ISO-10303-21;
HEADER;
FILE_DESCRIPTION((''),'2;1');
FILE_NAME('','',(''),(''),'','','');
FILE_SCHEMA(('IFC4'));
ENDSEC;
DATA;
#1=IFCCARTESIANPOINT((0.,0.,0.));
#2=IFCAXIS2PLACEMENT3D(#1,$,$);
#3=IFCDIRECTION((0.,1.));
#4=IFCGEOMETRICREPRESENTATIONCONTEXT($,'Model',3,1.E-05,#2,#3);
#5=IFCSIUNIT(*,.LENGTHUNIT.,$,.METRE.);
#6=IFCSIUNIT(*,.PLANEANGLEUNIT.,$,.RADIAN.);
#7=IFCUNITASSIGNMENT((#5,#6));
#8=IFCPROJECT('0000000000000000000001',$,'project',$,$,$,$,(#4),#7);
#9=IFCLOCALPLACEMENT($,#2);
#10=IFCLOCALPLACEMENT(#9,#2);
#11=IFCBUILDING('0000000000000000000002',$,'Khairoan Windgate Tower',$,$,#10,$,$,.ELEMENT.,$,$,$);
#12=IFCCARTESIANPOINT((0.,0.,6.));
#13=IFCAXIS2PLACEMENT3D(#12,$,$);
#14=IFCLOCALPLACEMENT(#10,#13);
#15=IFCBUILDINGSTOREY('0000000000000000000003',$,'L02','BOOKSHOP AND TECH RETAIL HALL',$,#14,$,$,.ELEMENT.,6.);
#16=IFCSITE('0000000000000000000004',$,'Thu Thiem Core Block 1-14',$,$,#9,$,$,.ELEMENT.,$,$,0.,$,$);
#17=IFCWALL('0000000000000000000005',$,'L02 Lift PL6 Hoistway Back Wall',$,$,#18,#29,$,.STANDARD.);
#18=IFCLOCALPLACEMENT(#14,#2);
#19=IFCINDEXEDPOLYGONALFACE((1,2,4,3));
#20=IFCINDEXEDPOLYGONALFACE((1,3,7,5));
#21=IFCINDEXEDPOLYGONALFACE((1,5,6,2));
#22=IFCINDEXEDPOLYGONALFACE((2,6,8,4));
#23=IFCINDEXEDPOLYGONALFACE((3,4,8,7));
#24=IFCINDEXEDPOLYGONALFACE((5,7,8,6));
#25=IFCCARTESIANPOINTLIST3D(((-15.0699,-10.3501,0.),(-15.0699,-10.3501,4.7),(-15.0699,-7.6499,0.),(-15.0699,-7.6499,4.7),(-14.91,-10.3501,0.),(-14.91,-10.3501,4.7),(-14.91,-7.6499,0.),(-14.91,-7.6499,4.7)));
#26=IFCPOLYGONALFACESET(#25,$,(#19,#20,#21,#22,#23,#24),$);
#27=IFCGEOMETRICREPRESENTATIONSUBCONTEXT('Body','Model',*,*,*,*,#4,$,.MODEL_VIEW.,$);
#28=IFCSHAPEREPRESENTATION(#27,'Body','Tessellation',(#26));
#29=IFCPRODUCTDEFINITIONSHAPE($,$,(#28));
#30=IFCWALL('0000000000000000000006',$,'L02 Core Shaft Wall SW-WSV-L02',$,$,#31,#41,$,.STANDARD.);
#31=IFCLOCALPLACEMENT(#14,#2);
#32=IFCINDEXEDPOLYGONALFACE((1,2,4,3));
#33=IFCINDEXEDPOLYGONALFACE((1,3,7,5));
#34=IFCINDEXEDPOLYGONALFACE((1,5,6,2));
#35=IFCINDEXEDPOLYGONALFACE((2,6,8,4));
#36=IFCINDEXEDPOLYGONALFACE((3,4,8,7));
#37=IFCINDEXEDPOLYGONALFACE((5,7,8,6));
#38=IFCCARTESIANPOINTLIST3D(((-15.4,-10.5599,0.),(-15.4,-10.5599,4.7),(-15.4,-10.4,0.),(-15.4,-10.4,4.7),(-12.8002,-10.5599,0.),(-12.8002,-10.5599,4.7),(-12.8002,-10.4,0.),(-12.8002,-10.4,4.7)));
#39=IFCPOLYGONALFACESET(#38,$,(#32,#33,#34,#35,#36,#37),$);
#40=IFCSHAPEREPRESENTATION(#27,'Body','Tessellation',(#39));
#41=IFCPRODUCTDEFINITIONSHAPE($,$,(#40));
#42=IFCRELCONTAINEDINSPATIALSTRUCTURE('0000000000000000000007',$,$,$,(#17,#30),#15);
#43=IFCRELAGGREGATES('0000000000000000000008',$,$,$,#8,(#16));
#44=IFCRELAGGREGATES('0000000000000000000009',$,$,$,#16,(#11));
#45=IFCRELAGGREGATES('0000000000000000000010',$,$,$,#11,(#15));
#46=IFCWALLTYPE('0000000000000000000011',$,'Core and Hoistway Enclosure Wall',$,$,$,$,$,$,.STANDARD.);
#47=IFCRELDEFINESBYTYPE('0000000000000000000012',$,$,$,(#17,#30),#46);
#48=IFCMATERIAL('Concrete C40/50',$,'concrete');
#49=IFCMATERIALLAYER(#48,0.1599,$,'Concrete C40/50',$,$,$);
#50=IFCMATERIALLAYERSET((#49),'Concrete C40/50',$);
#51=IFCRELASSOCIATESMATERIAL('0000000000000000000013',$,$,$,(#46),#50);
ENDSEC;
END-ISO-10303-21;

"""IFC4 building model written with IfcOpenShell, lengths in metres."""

from ifc_helpers import new_model, si_unit, direction, frame, frame_2d, origin, place, context, subcontext, project, spatial, rectangle, extrude, material, layer, layer_set, type_object, element, save


model = new_model("IFC4")

# Units and contexts
model_context = context("Model", 3, precision=1e-05, world=origin(), true_north=direction((0.0, 1.0)))
body_context = subcontext(model_context, "Body", "Model", "MODEL_VIEW")
ifc_project = project(units=[si_unit("LENGTHUNIT", "METRE"), si_unit("PLANEANGLEUNIT", "RADIAN")], contexts=[model_context])

# Site, building, storey
site_placement = place(None, origin())
site = spatial("IfcSite", under=ifc_project, at=site_placement, Name="Thu Thiem Core Block 1-14", CompositionType="ELEMENT", RefElevation=0.0)
building_placement = place(site_placement, origin())
building = spatial("IfcBuilding", under=site, at=building_placement, Name="Khairoan Windgate Tower", CompositionType="ELEMENT")
storey_placement = place(building_placement, frame((0.0, 0.0, 6.0)))
storey = spatial("IfcBuildingStorey", under=building, at=storey_placement, Name="L02", Description="BOOKSHOP AND TECH RETAIL HALL", CompositionType="ELEMENT", Elevation=6.0)

# Walls
ifc_material_1 = material(Name="Concrete C40/50", Category="concrete")
ifc_layer_1 = layer(ifc_material_1, 0.1599, Name="Concrete C40/50")
ifc_layer_set_1 = layer_set([ifc_layer_1], Name="Concrete C40/50")
wall_type_1 = type_object("IfcWallType", Name="Core and Hoistway Enclosure Wall", PredefinedType="STANDARD", material=ifc_layer_set_1)
wall_1_placement = place(storey_placement, frame((-14.99, -10.3501, 0.0), z_axis=(0.0, 0.0, 1.0), x_axis=(0.0, 1.0, 0.0)))
element("IfcWall", 1, at=wall_1_placement, inside=storey, type_object=wall_type_1, Name="L02 Lift PL6 Hoistway Back Wall", PredefinedType="STANDARD", context=body_context, shape_type="SweptSolid", body=[
    extrude(rectangle(XDim=2.7002, YDim=0.1599, at=frame_2d((1.3501, 0.0))), origin(), (0.0, 0.0, 1.0), 4.7),
])
wall_2_placement = place(storey_placement, frame((-15.3999, -10.48, 0.0), z_axis=(0.0, 0.0, 1.0), x_axis=(1.0, 0.0, 0.0)))
element("IfcWall", 2, at=wall_2_placement, inside=storey, type_object=wall_type_1, Name="L02 Core Shaft Wall SW-WSV-L02", PredefinedType="STANDARD", context=body_context, shape_type="SweptSolid", body=[
    extrude(rectangle(XDim=2.5999, YDim=0.1599, at=frame_2d((1.2998, 0.0))), origin(), (0.0, 0.0, 1.0), 4.7),
])

save(model, "model.ifc")
